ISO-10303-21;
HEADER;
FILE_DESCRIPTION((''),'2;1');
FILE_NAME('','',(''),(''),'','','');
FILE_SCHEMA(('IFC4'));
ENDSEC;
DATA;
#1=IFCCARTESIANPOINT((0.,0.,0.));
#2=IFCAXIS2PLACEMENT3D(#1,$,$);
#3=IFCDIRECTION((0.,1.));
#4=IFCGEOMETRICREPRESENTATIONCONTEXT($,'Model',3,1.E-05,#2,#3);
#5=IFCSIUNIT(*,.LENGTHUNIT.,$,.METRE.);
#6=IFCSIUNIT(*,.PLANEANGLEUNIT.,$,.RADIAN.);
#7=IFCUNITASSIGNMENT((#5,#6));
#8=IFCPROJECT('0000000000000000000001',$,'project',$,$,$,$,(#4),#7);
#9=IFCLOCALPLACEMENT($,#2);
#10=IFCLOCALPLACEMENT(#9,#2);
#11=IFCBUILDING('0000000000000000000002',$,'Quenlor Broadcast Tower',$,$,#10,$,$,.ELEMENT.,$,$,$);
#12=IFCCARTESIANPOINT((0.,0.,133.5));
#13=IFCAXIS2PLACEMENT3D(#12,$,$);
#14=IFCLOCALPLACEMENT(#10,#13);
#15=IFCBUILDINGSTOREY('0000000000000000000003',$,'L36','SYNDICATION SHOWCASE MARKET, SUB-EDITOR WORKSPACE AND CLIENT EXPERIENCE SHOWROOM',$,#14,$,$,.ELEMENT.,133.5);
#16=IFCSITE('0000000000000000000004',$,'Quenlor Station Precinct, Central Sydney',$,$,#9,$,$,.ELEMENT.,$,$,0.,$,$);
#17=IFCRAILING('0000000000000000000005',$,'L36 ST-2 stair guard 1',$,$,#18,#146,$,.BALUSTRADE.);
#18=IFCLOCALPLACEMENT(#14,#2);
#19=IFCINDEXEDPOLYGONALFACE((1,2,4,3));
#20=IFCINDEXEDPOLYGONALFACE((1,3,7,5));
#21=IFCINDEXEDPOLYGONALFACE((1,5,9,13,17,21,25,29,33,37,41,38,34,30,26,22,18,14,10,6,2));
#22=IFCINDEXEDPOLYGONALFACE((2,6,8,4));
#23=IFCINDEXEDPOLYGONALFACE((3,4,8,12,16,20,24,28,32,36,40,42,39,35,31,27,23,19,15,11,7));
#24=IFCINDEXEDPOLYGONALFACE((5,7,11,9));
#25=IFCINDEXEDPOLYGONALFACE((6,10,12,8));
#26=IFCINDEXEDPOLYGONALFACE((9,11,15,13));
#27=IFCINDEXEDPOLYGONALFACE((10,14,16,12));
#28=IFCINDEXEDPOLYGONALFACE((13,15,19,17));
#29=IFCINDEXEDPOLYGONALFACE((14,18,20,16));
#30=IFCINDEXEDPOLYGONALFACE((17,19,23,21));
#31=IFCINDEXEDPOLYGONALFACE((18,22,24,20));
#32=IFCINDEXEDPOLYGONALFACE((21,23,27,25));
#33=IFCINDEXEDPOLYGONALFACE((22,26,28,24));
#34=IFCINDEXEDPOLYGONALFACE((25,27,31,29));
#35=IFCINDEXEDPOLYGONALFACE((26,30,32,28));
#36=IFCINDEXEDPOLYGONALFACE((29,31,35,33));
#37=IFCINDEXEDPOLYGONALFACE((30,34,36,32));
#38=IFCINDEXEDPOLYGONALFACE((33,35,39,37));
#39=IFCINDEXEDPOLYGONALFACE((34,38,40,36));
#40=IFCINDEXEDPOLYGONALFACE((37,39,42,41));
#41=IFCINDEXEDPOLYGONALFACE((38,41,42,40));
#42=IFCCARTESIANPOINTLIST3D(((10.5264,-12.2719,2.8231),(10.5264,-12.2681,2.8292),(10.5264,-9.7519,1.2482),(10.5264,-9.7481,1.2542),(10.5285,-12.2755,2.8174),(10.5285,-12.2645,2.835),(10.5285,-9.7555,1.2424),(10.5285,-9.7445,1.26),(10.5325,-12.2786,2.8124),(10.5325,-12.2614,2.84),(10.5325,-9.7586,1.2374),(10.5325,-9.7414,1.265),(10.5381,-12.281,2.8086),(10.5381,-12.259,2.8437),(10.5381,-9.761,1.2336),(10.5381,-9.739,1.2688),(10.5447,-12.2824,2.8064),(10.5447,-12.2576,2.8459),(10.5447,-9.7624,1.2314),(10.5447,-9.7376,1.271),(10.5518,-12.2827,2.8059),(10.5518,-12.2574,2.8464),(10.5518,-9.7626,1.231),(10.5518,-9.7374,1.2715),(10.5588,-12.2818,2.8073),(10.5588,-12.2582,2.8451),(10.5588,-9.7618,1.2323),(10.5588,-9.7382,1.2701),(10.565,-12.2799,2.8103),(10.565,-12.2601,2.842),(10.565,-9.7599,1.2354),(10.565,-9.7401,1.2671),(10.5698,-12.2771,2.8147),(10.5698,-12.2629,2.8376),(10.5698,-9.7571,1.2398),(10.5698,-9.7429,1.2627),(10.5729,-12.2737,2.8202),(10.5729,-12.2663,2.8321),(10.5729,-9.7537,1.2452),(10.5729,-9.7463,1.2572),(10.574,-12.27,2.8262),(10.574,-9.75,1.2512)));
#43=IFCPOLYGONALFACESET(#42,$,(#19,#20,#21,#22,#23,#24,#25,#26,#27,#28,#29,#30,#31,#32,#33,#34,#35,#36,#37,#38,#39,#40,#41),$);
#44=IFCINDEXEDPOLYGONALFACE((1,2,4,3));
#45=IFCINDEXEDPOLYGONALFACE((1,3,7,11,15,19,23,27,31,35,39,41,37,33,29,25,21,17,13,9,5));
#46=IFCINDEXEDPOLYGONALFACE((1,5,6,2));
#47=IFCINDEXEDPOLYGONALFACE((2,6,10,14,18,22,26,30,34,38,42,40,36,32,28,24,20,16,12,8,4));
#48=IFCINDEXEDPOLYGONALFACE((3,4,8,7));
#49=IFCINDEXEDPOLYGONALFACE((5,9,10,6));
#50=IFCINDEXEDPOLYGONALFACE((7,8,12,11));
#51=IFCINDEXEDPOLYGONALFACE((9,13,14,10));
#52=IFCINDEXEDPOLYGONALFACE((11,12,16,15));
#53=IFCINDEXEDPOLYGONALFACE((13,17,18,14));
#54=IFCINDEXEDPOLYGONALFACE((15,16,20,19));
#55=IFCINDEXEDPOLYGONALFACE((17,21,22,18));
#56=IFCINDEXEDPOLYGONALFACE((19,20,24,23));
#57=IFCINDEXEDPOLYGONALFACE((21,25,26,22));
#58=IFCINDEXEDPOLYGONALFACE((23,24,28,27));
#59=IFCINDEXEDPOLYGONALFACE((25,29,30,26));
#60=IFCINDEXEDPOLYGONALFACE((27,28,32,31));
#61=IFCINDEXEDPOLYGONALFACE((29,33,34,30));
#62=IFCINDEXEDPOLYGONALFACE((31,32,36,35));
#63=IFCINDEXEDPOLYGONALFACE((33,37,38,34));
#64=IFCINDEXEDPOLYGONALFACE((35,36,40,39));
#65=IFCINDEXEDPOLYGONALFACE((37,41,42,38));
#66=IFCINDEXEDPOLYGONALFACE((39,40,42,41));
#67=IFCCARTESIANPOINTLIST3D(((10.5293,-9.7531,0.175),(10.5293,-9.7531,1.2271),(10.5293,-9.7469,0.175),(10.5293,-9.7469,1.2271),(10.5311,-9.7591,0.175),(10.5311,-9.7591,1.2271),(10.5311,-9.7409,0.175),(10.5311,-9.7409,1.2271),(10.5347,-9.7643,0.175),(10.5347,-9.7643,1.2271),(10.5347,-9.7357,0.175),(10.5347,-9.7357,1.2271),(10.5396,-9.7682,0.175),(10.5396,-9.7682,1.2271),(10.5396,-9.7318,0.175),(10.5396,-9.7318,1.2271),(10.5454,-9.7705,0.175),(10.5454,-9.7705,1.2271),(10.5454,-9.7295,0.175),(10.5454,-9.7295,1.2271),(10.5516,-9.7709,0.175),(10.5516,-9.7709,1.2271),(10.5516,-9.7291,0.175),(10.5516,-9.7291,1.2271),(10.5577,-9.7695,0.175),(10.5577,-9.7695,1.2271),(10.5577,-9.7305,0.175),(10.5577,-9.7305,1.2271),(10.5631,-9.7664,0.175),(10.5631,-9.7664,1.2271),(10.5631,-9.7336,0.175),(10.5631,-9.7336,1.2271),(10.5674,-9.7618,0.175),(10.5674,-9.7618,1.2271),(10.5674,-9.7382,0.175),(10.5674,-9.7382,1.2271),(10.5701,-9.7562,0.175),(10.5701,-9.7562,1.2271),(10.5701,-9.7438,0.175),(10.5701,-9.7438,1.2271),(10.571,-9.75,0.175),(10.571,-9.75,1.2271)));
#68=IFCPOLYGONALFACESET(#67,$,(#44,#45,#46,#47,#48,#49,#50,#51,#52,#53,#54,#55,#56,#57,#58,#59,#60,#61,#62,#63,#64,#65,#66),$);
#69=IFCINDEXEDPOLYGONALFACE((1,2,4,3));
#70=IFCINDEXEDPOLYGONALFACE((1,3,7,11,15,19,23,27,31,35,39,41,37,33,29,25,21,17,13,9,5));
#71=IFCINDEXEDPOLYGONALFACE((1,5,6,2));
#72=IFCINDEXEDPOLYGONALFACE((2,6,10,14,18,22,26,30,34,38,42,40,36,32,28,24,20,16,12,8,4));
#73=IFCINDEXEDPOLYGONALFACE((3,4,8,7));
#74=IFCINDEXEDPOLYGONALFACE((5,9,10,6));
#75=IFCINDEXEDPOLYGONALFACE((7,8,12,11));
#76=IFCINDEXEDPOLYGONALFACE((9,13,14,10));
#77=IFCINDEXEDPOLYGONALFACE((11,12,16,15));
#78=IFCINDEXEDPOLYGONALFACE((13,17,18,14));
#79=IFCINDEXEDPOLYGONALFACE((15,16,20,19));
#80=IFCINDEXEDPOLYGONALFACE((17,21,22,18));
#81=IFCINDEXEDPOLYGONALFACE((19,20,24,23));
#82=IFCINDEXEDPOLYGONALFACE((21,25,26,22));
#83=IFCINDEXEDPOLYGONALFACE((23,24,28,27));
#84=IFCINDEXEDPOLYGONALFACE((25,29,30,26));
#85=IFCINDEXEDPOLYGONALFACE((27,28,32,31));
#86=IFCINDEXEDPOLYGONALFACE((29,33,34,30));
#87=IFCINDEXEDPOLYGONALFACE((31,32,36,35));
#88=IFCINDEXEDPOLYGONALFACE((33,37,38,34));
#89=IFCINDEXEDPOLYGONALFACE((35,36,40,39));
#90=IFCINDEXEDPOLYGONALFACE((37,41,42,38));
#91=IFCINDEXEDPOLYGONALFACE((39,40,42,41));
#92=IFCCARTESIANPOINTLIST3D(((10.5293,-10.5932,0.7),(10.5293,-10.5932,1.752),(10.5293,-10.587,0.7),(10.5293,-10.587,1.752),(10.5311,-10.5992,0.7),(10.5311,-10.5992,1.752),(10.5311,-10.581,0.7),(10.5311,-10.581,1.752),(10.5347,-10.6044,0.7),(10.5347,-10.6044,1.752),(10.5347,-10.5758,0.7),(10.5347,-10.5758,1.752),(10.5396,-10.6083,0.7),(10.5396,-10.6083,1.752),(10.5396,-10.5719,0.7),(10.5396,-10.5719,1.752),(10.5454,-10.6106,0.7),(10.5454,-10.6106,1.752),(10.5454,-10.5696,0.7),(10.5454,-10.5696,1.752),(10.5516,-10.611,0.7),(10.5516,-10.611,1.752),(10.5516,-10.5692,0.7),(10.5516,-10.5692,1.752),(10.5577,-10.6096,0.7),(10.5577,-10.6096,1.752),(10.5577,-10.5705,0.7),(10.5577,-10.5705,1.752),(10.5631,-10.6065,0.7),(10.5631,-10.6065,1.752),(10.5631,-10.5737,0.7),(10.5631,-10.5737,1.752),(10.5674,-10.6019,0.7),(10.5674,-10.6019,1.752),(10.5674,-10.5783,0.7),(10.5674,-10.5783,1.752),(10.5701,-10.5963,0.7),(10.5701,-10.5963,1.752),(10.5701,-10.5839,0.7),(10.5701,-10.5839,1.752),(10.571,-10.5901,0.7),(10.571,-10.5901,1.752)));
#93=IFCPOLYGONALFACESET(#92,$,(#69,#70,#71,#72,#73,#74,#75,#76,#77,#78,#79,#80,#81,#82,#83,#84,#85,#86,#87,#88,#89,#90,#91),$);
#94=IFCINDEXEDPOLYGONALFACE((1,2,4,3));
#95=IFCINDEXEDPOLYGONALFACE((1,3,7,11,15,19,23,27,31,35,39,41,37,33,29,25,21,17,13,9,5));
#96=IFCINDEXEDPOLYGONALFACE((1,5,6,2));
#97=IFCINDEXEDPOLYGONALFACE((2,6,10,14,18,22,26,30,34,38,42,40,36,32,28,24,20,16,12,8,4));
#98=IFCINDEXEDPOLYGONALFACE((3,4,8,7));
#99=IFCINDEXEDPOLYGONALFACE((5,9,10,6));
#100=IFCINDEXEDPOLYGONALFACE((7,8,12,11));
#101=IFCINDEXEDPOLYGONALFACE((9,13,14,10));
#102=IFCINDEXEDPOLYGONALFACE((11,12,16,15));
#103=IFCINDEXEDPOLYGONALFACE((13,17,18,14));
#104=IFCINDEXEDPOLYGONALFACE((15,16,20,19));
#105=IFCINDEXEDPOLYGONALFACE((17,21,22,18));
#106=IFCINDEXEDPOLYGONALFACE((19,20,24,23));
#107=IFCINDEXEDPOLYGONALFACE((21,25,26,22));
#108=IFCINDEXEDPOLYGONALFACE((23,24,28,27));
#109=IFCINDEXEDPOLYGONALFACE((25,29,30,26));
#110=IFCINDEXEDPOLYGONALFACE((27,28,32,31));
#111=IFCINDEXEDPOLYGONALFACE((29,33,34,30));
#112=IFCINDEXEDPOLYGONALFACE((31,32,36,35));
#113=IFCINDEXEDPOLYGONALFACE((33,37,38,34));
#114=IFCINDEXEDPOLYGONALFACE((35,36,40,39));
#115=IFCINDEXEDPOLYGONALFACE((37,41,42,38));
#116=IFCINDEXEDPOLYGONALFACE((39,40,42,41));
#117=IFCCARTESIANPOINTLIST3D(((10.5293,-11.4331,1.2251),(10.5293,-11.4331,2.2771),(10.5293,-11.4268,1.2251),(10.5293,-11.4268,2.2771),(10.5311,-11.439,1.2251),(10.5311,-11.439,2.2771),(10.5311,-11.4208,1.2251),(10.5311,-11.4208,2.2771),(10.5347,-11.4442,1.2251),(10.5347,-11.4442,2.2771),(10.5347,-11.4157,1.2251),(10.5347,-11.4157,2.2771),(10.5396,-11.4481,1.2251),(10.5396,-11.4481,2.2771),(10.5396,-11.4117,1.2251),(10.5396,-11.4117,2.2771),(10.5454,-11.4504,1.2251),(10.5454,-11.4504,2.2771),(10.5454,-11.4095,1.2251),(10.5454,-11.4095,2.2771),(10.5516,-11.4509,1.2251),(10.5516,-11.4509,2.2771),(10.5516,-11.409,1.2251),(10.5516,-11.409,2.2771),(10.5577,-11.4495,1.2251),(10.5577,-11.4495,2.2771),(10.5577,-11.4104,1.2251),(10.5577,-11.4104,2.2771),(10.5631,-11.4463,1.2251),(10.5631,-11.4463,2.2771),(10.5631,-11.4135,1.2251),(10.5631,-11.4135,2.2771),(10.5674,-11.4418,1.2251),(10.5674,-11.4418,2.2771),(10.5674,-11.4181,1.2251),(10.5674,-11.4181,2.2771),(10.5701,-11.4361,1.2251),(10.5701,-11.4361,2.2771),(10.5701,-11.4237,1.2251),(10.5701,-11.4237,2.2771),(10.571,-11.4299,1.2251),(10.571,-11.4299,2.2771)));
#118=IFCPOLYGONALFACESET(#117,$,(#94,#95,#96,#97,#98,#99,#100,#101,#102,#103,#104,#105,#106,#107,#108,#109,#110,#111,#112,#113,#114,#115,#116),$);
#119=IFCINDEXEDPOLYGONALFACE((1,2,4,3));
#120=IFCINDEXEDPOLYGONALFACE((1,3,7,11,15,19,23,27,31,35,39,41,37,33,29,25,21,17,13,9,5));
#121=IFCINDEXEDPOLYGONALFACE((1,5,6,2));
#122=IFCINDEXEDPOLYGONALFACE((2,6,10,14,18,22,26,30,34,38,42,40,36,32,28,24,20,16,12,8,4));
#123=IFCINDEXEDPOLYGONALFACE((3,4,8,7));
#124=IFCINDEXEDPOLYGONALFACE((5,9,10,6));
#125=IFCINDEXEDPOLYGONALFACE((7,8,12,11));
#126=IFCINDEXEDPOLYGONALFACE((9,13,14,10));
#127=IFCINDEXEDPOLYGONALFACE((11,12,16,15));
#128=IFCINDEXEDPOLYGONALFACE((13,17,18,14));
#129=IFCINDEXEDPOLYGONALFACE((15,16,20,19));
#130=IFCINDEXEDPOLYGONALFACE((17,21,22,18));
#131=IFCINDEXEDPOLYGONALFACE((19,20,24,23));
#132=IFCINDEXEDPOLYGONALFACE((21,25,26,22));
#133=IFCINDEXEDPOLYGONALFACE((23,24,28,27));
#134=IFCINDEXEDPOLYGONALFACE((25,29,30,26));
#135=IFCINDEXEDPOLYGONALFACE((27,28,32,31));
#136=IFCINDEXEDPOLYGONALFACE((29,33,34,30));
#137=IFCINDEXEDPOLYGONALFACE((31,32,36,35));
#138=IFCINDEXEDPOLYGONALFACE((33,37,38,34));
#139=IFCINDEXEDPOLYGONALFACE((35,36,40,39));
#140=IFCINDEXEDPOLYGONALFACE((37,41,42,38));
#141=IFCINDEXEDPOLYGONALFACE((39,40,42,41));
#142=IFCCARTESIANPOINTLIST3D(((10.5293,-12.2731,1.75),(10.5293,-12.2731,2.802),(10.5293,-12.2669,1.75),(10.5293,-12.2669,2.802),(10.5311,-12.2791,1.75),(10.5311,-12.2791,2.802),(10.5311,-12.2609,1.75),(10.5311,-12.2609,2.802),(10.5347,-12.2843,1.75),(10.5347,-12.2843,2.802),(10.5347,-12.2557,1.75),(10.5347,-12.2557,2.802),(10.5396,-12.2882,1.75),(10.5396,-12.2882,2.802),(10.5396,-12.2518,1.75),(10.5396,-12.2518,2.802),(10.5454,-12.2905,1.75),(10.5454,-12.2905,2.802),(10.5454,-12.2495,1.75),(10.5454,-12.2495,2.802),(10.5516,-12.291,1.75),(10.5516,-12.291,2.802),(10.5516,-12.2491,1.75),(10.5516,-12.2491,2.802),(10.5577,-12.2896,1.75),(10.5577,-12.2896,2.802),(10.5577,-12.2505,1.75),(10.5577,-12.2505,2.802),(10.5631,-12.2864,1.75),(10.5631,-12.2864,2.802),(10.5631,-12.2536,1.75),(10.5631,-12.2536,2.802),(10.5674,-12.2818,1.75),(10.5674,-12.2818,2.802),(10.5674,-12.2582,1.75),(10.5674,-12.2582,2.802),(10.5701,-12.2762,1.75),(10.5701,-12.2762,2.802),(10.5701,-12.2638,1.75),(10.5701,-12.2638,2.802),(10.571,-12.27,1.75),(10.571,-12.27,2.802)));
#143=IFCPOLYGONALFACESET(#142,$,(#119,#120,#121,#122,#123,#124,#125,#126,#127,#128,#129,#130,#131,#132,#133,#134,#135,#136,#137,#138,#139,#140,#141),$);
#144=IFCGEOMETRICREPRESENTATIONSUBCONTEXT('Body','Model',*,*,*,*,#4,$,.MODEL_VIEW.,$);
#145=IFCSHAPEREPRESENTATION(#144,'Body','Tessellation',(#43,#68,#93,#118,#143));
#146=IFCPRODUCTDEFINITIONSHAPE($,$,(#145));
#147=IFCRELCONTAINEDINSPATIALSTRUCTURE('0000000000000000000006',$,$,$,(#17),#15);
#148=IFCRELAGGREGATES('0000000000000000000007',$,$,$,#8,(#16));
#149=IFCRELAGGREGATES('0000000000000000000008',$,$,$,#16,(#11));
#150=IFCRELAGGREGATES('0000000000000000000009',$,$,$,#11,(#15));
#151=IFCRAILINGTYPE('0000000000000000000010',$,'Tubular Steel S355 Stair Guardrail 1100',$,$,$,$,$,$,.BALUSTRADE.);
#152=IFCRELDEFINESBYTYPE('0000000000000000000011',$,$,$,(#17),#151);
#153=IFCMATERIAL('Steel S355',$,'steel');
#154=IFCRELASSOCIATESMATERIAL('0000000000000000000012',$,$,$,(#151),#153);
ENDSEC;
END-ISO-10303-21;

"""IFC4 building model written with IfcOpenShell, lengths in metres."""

from ifc_helpers import new_model, si_unit, direction, frame, origin, origin_2d, place, context, subcontext, project, spatial, circle, extrude, material, type_object, element, save


model = new_model("IFC4")

# Units and contexts
model_context = context("Model", 3, precision=1e-05, world=origin(), true_north=direction((0.0, 1.0)))
body_context = subcontext(model_context, "Body", "Model", "MODEL_VIEW")
ifc_project = project(units=[si_unit("LENGTHUNIT", "METRE"), si_unit("PLANEANGLEUNIT", "RADIAN")], contexts=[model_context])

# Site, building, storey
site_placement = place(None, origin())
site = spatial("IfcSite", under=ifc_project, at=site_placement, Name="Quenlor Station Precinct, Central Sydney", CompositionType="ELEMENT", RefElevation=0.0)
building_placement = place(site_placement, origin())
building = spatial("IfcBuilding", under=site, at=building_placement, Name="Quenlor Broadcast Tower", CompositionType="ELEMENT")
storey_placement = place(building_placement, frame((0.0, 0.0, 133.5)))
storey = spatial("IfcBuildingStorey", under=building, at=storey_placement, Name="L36", Description="SYNDICATION SHOWCASE MARKET, SUB-EDITOR WORKSPACE AND CLIENT EXPERIENCE SHOWROOM", CompositionType="ELEMENT", Elevation=133.5)

# Railing
ifc_material_1 = material(Name="Steel S355", Category="steel")
railing_type_1 = type_object("IfcRailingType", Name="Tubular Steel S355 Stair Guardrail 1100", PredefinedType="BALUSTRADE", material=ifc_material_1)
railing_1_placement = place(storey_placement, frame((10.55, -9.75, 0.175)))
element("IfcRailing", 1, at=railing_1_placement, inside=storey, type_object=railing_type_1, Name="L36 ST-2 stair guard 1", PredefinedType="BALUSTRADE", context=body_context, shape_type="SweptSolid", body=[
    extrude(circle(Radius=0.0239, at=origin_2d()), frame((0.0, 0.0, 1.0762), z_axis=(0.0, -0.848008, 0.529984), x_axis=(1.0, 0.0, 0.0)), (0.0, 0.0, 1.0), 2.9717),
    extrude(circle(Radius=0.021, at=origin_2d()), origin(), (0.0, 0.0, 1.0), 1.052),
    extrude(circle(Radius=0.021, at=origin_2d()), frame((0.0, -0.8401, 0.5249)), (0.0, 0.0, 1.0), 1.052),
    extrude(circle(Radius=0.021, at=origin_2d()), frame((0.0, -1.6799, 1.05)), (0.0, 0.0, 1.0), 1.052),
    extrude(circle(Radius=0.021, at=origin_2d()), frame((0.0, -2.52, 1.575)), (0.0, 0.0, 1.0), 1.052),
])

save(model, "model.ifc")
